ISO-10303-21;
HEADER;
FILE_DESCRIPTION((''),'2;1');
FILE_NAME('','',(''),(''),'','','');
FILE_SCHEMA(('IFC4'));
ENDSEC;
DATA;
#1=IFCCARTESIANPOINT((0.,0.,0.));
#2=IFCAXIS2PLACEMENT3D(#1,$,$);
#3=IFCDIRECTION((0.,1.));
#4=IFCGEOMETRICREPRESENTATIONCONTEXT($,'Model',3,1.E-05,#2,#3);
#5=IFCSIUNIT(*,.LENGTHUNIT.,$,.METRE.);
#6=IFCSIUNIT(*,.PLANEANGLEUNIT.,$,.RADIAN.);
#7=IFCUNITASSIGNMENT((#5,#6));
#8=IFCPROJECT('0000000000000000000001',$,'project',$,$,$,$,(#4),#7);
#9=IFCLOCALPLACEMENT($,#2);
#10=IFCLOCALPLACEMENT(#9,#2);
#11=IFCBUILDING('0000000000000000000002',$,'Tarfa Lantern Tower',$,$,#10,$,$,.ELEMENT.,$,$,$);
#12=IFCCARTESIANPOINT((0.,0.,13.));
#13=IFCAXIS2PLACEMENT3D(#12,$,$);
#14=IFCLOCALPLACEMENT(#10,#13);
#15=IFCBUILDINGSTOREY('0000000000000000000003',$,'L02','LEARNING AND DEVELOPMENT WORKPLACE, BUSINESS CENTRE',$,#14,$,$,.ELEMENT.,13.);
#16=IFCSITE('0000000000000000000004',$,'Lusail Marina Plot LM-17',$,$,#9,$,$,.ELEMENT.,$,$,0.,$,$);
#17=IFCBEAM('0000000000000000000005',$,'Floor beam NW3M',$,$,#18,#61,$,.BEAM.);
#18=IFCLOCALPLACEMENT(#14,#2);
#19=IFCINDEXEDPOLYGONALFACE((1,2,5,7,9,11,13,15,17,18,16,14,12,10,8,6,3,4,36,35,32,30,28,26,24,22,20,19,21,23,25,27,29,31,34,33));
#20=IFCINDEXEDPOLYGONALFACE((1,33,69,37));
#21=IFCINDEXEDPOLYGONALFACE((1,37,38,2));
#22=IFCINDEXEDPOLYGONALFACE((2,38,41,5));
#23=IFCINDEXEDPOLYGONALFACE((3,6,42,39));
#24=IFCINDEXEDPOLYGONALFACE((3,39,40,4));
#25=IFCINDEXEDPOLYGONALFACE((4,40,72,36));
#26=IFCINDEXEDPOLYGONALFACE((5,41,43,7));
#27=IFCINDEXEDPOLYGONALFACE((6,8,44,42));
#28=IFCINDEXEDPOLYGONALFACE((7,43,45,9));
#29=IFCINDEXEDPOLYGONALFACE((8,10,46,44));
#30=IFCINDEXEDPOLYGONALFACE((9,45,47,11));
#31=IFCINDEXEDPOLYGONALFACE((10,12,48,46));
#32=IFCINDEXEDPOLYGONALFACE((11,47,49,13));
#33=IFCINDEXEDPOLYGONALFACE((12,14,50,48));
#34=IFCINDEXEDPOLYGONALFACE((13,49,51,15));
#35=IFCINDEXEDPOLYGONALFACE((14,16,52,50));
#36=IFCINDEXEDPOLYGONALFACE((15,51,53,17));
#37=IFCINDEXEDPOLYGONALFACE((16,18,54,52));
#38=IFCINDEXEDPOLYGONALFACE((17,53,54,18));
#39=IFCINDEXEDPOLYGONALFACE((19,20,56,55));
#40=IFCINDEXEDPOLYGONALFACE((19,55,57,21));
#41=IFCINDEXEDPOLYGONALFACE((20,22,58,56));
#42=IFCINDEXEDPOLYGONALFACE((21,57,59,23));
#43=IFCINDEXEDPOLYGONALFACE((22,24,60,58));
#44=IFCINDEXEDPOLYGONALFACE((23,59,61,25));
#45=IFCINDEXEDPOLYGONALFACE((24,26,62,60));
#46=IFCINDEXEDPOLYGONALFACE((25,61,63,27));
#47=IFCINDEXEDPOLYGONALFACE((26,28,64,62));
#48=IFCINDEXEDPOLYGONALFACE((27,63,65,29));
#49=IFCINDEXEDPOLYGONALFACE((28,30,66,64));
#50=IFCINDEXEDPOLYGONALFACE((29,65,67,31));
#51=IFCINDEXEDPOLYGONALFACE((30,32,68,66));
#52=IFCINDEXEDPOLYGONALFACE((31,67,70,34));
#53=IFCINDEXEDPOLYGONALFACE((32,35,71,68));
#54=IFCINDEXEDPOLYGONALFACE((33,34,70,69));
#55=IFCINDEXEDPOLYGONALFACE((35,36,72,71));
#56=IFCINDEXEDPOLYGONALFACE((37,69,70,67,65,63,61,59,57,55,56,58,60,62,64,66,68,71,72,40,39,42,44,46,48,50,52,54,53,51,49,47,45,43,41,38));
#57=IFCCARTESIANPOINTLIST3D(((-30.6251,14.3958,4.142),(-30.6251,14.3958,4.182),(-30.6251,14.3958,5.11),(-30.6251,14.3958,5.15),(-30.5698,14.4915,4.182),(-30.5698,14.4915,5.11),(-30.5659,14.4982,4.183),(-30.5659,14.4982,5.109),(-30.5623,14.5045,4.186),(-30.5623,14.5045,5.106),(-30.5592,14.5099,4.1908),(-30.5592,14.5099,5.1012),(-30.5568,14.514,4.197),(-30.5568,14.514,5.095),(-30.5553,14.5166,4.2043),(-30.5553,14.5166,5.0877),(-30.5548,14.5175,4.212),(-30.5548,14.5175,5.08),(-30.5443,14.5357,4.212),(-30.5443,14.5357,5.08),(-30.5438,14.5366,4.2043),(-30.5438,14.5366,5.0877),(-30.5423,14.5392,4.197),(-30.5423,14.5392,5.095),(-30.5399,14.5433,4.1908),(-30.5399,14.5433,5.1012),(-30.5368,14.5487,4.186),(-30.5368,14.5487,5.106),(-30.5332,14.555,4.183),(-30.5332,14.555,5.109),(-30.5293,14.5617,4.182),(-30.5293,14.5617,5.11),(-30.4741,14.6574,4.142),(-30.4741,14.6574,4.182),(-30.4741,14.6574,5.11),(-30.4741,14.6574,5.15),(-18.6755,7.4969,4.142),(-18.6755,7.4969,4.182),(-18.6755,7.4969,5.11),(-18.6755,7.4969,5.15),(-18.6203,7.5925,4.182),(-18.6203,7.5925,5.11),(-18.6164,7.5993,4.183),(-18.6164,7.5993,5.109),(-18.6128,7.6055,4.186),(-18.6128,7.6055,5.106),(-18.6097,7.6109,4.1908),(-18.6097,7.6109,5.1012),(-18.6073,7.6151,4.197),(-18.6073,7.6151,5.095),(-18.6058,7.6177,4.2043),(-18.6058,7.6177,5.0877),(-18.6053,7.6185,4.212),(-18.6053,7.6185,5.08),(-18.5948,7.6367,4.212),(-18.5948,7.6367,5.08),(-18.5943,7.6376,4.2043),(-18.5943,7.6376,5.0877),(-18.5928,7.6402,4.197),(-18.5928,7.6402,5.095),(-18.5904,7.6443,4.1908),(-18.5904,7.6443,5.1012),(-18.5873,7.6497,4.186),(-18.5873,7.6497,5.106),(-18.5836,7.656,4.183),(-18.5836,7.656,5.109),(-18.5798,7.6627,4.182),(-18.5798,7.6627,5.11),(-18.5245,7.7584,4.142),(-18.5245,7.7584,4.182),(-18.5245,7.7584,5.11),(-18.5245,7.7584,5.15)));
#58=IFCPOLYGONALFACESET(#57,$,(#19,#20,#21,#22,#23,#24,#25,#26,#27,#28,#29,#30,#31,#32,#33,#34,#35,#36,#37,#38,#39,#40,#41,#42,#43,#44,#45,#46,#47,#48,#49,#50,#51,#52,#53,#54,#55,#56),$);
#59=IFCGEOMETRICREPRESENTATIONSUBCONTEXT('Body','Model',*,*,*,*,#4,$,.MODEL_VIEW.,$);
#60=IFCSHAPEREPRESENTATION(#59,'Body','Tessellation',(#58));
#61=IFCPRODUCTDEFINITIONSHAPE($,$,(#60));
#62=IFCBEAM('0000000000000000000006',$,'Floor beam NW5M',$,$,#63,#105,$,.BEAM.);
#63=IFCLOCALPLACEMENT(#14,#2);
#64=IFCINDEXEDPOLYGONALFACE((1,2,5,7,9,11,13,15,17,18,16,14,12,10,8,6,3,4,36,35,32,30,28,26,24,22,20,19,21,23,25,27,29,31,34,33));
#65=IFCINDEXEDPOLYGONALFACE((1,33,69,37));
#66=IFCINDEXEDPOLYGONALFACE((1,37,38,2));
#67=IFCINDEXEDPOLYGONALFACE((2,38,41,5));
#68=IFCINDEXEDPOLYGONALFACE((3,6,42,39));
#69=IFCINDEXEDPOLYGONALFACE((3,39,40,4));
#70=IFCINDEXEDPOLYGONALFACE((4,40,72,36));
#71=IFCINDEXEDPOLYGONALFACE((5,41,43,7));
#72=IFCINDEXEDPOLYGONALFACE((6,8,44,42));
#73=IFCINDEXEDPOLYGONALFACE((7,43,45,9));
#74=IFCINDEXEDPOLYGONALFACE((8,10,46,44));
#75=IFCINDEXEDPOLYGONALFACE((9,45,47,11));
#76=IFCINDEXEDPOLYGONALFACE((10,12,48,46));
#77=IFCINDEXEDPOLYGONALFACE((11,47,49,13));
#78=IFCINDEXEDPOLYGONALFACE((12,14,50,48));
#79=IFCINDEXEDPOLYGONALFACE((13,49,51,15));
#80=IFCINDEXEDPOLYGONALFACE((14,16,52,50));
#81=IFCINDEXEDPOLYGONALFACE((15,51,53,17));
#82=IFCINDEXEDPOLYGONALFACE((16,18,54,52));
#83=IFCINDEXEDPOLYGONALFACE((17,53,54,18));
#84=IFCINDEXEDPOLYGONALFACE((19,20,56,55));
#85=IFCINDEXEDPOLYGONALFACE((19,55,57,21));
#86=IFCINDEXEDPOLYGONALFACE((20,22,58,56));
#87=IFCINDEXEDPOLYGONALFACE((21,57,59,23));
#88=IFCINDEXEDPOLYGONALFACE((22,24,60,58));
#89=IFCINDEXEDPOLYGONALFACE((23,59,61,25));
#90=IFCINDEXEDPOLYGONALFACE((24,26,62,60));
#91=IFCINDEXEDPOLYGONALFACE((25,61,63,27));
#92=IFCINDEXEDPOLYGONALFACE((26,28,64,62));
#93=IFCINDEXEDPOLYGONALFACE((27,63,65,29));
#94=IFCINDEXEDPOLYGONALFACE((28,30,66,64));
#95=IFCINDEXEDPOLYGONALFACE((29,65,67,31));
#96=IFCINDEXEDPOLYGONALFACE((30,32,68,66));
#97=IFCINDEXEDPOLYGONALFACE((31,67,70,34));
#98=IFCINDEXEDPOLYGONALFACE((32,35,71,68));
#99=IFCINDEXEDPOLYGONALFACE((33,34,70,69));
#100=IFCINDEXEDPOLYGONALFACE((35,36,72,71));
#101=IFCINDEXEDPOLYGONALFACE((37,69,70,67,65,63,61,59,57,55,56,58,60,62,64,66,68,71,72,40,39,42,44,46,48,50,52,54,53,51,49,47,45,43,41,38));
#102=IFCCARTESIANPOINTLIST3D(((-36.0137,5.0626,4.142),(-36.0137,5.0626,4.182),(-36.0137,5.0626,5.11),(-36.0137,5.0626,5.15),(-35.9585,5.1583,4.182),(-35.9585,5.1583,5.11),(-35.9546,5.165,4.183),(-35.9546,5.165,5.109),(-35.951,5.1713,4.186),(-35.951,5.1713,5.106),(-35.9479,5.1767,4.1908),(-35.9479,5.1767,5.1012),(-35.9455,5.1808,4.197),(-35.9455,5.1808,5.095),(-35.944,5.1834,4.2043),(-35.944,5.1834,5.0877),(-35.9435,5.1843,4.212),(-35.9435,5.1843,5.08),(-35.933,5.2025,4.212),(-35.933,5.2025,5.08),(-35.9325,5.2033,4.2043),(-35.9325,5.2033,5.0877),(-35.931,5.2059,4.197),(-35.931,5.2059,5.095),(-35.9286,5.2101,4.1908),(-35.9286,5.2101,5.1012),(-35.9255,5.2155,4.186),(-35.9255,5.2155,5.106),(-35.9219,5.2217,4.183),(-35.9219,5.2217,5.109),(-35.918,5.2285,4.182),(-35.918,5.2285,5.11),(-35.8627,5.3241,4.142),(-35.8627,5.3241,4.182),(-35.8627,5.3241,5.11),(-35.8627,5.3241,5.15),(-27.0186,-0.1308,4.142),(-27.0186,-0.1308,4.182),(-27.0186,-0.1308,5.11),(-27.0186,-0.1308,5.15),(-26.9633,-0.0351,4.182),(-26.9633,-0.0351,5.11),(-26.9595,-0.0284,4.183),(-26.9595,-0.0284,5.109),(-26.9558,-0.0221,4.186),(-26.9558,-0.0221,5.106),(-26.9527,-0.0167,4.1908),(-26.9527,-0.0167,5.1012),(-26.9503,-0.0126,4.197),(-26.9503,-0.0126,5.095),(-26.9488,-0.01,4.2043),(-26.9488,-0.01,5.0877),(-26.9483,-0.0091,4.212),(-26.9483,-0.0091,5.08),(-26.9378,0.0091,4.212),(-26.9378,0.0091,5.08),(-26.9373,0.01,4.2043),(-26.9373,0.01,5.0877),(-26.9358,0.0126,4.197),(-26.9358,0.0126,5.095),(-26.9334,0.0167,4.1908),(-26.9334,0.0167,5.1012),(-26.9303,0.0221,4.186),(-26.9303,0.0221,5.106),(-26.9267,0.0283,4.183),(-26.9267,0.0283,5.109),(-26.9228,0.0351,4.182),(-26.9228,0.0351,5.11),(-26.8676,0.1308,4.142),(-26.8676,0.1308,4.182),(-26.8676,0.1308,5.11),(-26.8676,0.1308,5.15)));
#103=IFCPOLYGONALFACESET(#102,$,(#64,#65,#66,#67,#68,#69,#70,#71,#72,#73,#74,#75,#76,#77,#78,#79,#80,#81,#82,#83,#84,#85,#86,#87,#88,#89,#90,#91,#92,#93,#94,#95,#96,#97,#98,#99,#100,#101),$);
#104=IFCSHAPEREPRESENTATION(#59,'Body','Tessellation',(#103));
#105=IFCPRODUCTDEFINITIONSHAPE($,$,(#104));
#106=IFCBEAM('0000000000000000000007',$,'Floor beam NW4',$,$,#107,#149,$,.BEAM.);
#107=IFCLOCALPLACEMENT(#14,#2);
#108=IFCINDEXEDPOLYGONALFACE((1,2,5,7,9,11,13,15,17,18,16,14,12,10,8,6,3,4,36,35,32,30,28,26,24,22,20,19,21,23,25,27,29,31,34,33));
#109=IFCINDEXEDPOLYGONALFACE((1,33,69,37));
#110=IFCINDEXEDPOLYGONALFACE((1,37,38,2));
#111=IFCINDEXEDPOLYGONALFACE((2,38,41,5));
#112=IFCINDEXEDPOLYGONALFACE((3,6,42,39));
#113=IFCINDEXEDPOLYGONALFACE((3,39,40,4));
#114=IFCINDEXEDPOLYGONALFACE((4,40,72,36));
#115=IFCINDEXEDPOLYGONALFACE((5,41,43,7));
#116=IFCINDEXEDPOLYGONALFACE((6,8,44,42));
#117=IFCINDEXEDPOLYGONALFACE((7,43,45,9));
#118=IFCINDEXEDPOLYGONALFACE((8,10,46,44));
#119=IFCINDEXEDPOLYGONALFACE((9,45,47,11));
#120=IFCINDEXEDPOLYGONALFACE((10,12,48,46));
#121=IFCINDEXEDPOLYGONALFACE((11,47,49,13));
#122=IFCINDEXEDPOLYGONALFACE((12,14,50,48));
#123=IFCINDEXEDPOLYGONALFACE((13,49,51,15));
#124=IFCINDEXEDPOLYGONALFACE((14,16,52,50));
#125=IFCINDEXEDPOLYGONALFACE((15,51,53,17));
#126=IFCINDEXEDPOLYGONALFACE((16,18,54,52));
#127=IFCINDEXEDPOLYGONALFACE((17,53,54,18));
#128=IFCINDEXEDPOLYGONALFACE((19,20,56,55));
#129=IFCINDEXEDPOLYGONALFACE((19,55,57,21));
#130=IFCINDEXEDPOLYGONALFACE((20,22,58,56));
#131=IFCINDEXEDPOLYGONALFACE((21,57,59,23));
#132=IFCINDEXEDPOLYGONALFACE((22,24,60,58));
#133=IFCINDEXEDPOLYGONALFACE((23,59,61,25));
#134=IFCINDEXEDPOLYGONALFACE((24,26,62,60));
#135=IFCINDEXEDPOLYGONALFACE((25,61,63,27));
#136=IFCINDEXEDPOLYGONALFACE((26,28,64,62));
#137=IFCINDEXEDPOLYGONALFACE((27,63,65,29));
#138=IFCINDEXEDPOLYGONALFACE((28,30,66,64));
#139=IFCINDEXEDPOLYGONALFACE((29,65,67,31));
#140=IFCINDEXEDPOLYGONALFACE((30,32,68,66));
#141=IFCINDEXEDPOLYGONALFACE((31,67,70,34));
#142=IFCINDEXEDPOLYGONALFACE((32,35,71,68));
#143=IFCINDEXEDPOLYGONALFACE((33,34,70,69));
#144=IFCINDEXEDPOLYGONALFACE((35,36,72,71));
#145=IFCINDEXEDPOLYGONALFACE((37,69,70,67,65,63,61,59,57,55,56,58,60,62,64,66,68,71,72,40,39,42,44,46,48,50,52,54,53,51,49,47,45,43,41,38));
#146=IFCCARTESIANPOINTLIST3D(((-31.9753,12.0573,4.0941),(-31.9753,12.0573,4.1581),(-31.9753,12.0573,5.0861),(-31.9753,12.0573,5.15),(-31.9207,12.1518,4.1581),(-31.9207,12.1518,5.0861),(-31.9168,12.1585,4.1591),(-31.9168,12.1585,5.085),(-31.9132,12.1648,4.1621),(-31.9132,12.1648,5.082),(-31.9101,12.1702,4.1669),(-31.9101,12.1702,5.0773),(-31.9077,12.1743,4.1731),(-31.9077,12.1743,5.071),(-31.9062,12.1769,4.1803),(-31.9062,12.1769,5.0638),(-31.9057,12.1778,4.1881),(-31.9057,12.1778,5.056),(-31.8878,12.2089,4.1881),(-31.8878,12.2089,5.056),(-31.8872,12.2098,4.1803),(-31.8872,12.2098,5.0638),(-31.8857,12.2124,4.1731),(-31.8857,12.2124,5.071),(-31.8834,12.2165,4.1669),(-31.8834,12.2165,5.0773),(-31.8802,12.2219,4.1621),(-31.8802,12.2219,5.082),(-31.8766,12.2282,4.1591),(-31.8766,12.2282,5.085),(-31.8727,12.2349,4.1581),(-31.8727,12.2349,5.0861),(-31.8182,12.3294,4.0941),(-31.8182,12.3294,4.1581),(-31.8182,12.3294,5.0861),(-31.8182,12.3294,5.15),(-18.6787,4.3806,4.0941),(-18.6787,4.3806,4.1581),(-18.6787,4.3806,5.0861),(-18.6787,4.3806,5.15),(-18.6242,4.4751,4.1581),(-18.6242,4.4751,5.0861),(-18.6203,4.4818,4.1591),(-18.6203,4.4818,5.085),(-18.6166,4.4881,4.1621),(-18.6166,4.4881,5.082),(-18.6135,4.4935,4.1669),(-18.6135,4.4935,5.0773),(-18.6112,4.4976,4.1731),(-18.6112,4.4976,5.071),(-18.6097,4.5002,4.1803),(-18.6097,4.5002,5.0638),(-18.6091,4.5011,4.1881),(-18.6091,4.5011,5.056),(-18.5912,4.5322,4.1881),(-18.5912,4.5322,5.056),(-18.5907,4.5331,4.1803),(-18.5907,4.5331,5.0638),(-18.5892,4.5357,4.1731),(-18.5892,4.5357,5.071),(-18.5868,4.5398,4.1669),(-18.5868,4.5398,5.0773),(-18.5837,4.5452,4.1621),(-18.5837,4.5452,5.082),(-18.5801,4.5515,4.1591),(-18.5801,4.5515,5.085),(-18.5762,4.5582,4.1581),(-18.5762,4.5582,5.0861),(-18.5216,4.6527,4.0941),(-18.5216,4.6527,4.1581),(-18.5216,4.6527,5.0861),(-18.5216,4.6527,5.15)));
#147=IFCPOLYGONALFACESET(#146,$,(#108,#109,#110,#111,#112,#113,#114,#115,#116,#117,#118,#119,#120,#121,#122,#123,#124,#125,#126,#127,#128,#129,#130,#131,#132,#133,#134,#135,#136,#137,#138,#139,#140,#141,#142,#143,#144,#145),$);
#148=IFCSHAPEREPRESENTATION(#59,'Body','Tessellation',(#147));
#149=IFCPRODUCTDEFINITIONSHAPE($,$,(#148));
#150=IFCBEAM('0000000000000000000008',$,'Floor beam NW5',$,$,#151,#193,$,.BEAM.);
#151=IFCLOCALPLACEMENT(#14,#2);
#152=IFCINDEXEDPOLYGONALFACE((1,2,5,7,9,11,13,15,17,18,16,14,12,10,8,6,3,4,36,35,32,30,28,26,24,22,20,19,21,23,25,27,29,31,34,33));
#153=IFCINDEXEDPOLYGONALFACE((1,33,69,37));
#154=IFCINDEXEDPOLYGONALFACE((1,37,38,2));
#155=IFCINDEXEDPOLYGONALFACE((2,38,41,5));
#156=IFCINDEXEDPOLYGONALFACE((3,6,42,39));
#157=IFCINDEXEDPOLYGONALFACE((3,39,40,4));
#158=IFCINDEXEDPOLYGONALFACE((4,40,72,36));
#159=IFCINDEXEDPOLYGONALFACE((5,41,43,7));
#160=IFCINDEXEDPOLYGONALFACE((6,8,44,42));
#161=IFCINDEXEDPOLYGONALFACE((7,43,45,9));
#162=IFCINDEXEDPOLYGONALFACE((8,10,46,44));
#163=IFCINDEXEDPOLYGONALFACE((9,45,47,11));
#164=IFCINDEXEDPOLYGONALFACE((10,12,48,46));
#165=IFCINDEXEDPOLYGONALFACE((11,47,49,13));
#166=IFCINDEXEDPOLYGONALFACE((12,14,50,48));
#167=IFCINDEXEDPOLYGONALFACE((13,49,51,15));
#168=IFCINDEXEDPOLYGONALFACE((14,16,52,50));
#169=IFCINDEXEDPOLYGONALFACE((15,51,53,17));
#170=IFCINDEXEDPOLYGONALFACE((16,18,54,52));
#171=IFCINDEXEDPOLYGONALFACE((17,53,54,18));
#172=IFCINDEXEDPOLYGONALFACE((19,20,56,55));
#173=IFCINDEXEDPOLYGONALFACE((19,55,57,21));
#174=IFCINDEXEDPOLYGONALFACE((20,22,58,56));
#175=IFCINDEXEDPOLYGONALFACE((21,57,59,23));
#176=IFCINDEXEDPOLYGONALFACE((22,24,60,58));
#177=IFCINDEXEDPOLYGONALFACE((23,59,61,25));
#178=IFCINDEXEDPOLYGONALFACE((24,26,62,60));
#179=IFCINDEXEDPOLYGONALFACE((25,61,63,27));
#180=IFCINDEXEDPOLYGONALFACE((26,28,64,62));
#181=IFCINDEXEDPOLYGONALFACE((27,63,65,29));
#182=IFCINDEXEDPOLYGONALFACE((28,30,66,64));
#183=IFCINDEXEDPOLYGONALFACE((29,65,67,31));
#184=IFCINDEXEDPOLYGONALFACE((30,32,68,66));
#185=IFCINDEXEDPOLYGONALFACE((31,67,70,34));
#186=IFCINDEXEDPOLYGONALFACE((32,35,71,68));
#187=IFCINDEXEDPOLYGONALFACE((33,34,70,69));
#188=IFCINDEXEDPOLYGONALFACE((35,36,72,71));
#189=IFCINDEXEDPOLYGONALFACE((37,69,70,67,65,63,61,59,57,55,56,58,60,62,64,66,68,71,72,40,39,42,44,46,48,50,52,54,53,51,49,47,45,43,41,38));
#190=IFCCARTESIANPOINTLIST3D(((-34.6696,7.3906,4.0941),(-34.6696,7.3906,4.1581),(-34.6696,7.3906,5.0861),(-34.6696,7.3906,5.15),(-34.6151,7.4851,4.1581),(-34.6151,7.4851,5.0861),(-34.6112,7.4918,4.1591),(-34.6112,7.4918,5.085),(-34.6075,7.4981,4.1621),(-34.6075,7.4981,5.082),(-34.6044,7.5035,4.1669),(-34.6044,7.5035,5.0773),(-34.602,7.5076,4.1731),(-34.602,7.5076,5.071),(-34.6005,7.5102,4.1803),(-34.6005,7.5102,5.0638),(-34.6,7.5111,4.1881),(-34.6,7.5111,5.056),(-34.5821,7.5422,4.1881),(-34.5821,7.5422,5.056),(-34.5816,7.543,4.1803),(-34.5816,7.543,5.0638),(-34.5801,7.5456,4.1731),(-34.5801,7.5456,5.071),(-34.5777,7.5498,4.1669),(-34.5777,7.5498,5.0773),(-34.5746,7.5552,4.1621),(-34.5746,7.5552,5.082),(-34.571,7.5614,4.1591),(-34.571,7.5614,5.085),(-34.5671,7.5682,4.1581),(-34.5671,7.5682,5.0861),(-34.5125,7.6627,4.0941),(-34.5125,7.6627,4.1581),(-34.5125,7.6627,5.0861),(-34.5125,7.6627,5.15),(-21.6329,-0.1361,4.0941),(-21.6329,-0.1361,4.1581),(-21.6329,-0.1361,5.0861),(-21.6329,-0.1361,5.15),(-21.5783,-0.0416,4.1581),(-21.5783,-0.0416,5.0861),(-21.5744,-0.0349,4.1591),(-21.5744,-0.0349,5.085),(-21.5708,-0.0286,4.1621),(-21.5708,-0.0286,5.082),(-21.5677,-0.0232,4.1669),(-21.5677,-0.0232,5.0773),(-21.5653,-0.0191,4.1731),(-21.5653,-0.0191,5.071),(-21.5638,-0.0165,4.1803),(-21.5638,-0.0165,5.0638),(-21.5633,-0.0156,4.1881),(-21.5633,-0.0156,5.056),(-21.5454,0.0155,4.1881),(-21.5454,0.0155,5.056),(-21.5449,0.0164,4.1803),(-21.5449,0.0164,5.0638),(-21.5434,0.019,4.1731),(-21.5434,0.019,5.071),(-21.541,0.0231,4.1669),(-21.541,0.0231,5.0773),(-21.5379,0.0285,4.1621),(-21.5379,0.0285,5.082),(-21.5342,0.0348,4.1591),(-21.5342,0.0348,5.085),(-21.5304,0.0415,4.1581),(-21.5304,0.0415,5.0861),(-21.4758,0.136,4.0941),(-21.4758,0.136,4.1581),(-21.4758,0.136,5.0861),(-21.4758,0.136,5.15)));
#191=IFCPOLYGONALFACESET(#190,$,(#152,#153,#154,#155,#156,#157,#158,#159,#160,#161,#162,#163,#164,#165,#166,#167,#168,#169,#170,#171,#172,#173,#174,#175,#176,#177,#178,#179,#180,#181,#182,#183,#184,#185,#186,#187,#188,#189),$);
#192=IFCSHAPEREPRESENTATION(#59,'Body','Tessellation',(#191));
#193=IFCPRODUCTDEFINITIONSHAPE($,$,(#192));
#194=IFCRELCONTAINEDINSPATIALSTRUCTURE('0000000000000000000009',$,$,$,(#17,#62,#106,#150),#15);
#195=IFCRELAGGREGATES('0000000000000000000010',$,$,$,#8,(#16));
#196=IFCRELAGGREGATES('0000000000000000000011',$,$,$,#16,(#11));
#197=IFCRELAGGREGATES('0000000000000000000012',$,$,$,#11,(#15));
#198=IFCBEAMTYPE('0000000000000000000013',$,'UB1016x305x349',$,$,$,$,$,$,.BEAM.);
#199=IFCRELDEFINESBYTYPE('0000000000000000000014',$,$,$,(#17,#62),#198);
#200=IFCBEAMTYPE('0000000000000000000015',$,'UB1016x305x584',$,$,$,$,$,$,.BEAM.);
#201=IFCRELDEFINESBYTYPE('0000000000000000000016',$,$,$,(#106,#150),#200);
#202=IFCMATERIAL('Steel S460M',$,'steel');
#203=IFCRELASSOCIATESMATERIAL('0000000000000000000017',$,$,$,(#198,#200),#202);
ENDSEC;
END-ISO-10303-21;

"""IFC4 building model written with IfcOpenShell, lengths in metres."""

from ifc_helpers import new_model, si_unit, direction, frame, origin, origin_2d, place, context, subcontext, project, spatial, i_section, extrude, material, material_profile, profile_set, type_object, element, save


model = new_model("IFC4")

# Units and contexts
model_context = context("Model", 3, precision=1e-05, world=origin(), true_north=direction((0.0, 1.0)))
body_context = subcontext(model_context, "Body", "Model", "MODEL_VIEW")
ifc_project = project(units=[si_unit("LENGTHUNIT", "METRE"), si_unit("PLANEANGLEUNIT", "RADIAN")], contexts=[model_context])

# Site, building, storey
site_placement = place(None, origin())
site = spatial("IfcSite", under=ifc_project, at=site_placement, Name="Lusail Marina Plot LM-17", CompositionType="ELEMENT", RefElevation=0.0)
building_placement = place(site_placement, origin())
building = spatial("IfcBuilding", under=site, at=building_placement, Name="Tarfa Lantern Tower", CompositionType="ELEMENT")
storey_placement = place(building_placement, frame((0.0, 0.0, 13.0)))
storey = spatial("IfcBuildingStorey", under=building, at=storey_placement, Name="L02", Description="LEARNING AND DEVELOPMENT WORKPLACE, BUSINESS CENTRE", CompositionType="ELEMENT", Elevation=13.0)

# Beams
ifc_material_1 = material(Name="Steel S460M", Category="steel")
ifc_material_profile_1 = material_profile(ifc_material_1, i_section(OverallWidth=0.302, OverallDepth=1.0081, WebThickness=0.021, FlangeThickness=0.04, FilletRadius=0.03, at=origin_2d()), Name="UB1016x305x349")
ifc_profile_set_1 = profile_set([ifc_material_profile_1], Name="Steel S460M")
beam_type_1 = type_object("IfcBeamType", Name="UB1016x305x349", PredefinedType="BEAM", material=ifc_profile_set_1)
beam_1_placement = place(storey_placement, frame((-30.5496, 14.5266, 4.646), z_axis=(0.866029, -0.499995, 0.0), x_axis=(0.499995, 0.866029, 0.0)))
element("IfcBeam", 1, at=beam_1_placement, inside=storey, type_object=beam_type_1, Name="Floor beam NW3M", PredefinedType="BEAM", context=body_context, shape_type="SweptSolid", body=[
    extrude(i_section(OverallWidth=0.302, OverallDepth=1.0081, WebThickness=0.021, FlangeThickness=0.04, FilletRadius=0.03, at=origin_2d()), origin(), (0.0, 0.0, 1.0), 13.7981),
])
beam_2_placement = place(storey_placement, frame((-35.9382, 5.1934, 4.646), z_axis=(0.866024, -0.500002, 0.0), x_axis=(0.500002, 0.866024, 0.0)))
element("IfcBeam", 2, at=beam_2_placement, inside=storey, type_object=beam_type_1, Name="Floor beam NW5M", PredefinedType="BEAM", context=body_context, shape_type="SweptSolid", body=[
    extrude(i_section(OverallWidth=0.302, OverallDepth=1.0081, WebThickness=0.021, FlangeThickness=0.04, FilletRadius=0.03, at=origin_2d()), origin(), (0.0, 0.0, 1.0), 10.3867),
])
ifc_material_profile_2 = material_profile(ifc_material_1, i_section(OverallWidth=0.3142, OverallDepth=1.0559, WebThickness=0.0359, FlangeThickness=0.064, FilletRadius=0.03, at=origin_2d()), Name="UB1016x305x584")
ifc_profile_set_2 = profile_set([ifc_material_profile_2], Name="Steel S460M")
beam_type_2 = type_object("IfcBeamType", Name="UB1016x305x584", PredefinedType="BEAM", material=ifc_profile_set_2)
beam_3_placement = place(storey_placement, frame((-31.8967, 12.1934, 4.6221), z_axis=(0.866027, -0.499997, 0.0), x_axis=(0.499997, 0.866027, 0.0)))
element("IfcBeam", 3, at=beam_3_placement, inside=storey, type_object=beam_type_2, Name="Floor beam NW4", PredefinedType="BEAM", context=body_context, shape_type="SweptSolid", body=[
    extrude(i_section(OverallWidth=0.3142, OverallDepth=1.0559, WebThickness=0.0359, FlangeThickness=0.064, FilletRadius=0.03, at=origin_2d()), origin(), (0.0, 0.0, 1.0), 15.3535),
])
beam_4_placement = place(storey_placement, frame((-34.5911, 7.5266, 4.6221), z_axis=(0.866028, -0.499996, 0.0), x_axis=(0.499996, 0.866028, 0.0)))
element("IfcBeam", 4, at=beam_4_placement, inside=storey, type_object=beam_type_2, Name="Floor beam NW5", PredefinedType="BEAM", context=body_context, shape_type="SweptSolid", body=[
    extrude(i_section(OverallWidth=0.3142, OverallDepth=1.0559, WebThickness=0.0359, FlangeThickness=0.064, FilletRadius=0.03, at=origin_2d()), origin(), (0.0, 0.0, 1.0), 15.0535),
])

save(model, "model.ifc")
